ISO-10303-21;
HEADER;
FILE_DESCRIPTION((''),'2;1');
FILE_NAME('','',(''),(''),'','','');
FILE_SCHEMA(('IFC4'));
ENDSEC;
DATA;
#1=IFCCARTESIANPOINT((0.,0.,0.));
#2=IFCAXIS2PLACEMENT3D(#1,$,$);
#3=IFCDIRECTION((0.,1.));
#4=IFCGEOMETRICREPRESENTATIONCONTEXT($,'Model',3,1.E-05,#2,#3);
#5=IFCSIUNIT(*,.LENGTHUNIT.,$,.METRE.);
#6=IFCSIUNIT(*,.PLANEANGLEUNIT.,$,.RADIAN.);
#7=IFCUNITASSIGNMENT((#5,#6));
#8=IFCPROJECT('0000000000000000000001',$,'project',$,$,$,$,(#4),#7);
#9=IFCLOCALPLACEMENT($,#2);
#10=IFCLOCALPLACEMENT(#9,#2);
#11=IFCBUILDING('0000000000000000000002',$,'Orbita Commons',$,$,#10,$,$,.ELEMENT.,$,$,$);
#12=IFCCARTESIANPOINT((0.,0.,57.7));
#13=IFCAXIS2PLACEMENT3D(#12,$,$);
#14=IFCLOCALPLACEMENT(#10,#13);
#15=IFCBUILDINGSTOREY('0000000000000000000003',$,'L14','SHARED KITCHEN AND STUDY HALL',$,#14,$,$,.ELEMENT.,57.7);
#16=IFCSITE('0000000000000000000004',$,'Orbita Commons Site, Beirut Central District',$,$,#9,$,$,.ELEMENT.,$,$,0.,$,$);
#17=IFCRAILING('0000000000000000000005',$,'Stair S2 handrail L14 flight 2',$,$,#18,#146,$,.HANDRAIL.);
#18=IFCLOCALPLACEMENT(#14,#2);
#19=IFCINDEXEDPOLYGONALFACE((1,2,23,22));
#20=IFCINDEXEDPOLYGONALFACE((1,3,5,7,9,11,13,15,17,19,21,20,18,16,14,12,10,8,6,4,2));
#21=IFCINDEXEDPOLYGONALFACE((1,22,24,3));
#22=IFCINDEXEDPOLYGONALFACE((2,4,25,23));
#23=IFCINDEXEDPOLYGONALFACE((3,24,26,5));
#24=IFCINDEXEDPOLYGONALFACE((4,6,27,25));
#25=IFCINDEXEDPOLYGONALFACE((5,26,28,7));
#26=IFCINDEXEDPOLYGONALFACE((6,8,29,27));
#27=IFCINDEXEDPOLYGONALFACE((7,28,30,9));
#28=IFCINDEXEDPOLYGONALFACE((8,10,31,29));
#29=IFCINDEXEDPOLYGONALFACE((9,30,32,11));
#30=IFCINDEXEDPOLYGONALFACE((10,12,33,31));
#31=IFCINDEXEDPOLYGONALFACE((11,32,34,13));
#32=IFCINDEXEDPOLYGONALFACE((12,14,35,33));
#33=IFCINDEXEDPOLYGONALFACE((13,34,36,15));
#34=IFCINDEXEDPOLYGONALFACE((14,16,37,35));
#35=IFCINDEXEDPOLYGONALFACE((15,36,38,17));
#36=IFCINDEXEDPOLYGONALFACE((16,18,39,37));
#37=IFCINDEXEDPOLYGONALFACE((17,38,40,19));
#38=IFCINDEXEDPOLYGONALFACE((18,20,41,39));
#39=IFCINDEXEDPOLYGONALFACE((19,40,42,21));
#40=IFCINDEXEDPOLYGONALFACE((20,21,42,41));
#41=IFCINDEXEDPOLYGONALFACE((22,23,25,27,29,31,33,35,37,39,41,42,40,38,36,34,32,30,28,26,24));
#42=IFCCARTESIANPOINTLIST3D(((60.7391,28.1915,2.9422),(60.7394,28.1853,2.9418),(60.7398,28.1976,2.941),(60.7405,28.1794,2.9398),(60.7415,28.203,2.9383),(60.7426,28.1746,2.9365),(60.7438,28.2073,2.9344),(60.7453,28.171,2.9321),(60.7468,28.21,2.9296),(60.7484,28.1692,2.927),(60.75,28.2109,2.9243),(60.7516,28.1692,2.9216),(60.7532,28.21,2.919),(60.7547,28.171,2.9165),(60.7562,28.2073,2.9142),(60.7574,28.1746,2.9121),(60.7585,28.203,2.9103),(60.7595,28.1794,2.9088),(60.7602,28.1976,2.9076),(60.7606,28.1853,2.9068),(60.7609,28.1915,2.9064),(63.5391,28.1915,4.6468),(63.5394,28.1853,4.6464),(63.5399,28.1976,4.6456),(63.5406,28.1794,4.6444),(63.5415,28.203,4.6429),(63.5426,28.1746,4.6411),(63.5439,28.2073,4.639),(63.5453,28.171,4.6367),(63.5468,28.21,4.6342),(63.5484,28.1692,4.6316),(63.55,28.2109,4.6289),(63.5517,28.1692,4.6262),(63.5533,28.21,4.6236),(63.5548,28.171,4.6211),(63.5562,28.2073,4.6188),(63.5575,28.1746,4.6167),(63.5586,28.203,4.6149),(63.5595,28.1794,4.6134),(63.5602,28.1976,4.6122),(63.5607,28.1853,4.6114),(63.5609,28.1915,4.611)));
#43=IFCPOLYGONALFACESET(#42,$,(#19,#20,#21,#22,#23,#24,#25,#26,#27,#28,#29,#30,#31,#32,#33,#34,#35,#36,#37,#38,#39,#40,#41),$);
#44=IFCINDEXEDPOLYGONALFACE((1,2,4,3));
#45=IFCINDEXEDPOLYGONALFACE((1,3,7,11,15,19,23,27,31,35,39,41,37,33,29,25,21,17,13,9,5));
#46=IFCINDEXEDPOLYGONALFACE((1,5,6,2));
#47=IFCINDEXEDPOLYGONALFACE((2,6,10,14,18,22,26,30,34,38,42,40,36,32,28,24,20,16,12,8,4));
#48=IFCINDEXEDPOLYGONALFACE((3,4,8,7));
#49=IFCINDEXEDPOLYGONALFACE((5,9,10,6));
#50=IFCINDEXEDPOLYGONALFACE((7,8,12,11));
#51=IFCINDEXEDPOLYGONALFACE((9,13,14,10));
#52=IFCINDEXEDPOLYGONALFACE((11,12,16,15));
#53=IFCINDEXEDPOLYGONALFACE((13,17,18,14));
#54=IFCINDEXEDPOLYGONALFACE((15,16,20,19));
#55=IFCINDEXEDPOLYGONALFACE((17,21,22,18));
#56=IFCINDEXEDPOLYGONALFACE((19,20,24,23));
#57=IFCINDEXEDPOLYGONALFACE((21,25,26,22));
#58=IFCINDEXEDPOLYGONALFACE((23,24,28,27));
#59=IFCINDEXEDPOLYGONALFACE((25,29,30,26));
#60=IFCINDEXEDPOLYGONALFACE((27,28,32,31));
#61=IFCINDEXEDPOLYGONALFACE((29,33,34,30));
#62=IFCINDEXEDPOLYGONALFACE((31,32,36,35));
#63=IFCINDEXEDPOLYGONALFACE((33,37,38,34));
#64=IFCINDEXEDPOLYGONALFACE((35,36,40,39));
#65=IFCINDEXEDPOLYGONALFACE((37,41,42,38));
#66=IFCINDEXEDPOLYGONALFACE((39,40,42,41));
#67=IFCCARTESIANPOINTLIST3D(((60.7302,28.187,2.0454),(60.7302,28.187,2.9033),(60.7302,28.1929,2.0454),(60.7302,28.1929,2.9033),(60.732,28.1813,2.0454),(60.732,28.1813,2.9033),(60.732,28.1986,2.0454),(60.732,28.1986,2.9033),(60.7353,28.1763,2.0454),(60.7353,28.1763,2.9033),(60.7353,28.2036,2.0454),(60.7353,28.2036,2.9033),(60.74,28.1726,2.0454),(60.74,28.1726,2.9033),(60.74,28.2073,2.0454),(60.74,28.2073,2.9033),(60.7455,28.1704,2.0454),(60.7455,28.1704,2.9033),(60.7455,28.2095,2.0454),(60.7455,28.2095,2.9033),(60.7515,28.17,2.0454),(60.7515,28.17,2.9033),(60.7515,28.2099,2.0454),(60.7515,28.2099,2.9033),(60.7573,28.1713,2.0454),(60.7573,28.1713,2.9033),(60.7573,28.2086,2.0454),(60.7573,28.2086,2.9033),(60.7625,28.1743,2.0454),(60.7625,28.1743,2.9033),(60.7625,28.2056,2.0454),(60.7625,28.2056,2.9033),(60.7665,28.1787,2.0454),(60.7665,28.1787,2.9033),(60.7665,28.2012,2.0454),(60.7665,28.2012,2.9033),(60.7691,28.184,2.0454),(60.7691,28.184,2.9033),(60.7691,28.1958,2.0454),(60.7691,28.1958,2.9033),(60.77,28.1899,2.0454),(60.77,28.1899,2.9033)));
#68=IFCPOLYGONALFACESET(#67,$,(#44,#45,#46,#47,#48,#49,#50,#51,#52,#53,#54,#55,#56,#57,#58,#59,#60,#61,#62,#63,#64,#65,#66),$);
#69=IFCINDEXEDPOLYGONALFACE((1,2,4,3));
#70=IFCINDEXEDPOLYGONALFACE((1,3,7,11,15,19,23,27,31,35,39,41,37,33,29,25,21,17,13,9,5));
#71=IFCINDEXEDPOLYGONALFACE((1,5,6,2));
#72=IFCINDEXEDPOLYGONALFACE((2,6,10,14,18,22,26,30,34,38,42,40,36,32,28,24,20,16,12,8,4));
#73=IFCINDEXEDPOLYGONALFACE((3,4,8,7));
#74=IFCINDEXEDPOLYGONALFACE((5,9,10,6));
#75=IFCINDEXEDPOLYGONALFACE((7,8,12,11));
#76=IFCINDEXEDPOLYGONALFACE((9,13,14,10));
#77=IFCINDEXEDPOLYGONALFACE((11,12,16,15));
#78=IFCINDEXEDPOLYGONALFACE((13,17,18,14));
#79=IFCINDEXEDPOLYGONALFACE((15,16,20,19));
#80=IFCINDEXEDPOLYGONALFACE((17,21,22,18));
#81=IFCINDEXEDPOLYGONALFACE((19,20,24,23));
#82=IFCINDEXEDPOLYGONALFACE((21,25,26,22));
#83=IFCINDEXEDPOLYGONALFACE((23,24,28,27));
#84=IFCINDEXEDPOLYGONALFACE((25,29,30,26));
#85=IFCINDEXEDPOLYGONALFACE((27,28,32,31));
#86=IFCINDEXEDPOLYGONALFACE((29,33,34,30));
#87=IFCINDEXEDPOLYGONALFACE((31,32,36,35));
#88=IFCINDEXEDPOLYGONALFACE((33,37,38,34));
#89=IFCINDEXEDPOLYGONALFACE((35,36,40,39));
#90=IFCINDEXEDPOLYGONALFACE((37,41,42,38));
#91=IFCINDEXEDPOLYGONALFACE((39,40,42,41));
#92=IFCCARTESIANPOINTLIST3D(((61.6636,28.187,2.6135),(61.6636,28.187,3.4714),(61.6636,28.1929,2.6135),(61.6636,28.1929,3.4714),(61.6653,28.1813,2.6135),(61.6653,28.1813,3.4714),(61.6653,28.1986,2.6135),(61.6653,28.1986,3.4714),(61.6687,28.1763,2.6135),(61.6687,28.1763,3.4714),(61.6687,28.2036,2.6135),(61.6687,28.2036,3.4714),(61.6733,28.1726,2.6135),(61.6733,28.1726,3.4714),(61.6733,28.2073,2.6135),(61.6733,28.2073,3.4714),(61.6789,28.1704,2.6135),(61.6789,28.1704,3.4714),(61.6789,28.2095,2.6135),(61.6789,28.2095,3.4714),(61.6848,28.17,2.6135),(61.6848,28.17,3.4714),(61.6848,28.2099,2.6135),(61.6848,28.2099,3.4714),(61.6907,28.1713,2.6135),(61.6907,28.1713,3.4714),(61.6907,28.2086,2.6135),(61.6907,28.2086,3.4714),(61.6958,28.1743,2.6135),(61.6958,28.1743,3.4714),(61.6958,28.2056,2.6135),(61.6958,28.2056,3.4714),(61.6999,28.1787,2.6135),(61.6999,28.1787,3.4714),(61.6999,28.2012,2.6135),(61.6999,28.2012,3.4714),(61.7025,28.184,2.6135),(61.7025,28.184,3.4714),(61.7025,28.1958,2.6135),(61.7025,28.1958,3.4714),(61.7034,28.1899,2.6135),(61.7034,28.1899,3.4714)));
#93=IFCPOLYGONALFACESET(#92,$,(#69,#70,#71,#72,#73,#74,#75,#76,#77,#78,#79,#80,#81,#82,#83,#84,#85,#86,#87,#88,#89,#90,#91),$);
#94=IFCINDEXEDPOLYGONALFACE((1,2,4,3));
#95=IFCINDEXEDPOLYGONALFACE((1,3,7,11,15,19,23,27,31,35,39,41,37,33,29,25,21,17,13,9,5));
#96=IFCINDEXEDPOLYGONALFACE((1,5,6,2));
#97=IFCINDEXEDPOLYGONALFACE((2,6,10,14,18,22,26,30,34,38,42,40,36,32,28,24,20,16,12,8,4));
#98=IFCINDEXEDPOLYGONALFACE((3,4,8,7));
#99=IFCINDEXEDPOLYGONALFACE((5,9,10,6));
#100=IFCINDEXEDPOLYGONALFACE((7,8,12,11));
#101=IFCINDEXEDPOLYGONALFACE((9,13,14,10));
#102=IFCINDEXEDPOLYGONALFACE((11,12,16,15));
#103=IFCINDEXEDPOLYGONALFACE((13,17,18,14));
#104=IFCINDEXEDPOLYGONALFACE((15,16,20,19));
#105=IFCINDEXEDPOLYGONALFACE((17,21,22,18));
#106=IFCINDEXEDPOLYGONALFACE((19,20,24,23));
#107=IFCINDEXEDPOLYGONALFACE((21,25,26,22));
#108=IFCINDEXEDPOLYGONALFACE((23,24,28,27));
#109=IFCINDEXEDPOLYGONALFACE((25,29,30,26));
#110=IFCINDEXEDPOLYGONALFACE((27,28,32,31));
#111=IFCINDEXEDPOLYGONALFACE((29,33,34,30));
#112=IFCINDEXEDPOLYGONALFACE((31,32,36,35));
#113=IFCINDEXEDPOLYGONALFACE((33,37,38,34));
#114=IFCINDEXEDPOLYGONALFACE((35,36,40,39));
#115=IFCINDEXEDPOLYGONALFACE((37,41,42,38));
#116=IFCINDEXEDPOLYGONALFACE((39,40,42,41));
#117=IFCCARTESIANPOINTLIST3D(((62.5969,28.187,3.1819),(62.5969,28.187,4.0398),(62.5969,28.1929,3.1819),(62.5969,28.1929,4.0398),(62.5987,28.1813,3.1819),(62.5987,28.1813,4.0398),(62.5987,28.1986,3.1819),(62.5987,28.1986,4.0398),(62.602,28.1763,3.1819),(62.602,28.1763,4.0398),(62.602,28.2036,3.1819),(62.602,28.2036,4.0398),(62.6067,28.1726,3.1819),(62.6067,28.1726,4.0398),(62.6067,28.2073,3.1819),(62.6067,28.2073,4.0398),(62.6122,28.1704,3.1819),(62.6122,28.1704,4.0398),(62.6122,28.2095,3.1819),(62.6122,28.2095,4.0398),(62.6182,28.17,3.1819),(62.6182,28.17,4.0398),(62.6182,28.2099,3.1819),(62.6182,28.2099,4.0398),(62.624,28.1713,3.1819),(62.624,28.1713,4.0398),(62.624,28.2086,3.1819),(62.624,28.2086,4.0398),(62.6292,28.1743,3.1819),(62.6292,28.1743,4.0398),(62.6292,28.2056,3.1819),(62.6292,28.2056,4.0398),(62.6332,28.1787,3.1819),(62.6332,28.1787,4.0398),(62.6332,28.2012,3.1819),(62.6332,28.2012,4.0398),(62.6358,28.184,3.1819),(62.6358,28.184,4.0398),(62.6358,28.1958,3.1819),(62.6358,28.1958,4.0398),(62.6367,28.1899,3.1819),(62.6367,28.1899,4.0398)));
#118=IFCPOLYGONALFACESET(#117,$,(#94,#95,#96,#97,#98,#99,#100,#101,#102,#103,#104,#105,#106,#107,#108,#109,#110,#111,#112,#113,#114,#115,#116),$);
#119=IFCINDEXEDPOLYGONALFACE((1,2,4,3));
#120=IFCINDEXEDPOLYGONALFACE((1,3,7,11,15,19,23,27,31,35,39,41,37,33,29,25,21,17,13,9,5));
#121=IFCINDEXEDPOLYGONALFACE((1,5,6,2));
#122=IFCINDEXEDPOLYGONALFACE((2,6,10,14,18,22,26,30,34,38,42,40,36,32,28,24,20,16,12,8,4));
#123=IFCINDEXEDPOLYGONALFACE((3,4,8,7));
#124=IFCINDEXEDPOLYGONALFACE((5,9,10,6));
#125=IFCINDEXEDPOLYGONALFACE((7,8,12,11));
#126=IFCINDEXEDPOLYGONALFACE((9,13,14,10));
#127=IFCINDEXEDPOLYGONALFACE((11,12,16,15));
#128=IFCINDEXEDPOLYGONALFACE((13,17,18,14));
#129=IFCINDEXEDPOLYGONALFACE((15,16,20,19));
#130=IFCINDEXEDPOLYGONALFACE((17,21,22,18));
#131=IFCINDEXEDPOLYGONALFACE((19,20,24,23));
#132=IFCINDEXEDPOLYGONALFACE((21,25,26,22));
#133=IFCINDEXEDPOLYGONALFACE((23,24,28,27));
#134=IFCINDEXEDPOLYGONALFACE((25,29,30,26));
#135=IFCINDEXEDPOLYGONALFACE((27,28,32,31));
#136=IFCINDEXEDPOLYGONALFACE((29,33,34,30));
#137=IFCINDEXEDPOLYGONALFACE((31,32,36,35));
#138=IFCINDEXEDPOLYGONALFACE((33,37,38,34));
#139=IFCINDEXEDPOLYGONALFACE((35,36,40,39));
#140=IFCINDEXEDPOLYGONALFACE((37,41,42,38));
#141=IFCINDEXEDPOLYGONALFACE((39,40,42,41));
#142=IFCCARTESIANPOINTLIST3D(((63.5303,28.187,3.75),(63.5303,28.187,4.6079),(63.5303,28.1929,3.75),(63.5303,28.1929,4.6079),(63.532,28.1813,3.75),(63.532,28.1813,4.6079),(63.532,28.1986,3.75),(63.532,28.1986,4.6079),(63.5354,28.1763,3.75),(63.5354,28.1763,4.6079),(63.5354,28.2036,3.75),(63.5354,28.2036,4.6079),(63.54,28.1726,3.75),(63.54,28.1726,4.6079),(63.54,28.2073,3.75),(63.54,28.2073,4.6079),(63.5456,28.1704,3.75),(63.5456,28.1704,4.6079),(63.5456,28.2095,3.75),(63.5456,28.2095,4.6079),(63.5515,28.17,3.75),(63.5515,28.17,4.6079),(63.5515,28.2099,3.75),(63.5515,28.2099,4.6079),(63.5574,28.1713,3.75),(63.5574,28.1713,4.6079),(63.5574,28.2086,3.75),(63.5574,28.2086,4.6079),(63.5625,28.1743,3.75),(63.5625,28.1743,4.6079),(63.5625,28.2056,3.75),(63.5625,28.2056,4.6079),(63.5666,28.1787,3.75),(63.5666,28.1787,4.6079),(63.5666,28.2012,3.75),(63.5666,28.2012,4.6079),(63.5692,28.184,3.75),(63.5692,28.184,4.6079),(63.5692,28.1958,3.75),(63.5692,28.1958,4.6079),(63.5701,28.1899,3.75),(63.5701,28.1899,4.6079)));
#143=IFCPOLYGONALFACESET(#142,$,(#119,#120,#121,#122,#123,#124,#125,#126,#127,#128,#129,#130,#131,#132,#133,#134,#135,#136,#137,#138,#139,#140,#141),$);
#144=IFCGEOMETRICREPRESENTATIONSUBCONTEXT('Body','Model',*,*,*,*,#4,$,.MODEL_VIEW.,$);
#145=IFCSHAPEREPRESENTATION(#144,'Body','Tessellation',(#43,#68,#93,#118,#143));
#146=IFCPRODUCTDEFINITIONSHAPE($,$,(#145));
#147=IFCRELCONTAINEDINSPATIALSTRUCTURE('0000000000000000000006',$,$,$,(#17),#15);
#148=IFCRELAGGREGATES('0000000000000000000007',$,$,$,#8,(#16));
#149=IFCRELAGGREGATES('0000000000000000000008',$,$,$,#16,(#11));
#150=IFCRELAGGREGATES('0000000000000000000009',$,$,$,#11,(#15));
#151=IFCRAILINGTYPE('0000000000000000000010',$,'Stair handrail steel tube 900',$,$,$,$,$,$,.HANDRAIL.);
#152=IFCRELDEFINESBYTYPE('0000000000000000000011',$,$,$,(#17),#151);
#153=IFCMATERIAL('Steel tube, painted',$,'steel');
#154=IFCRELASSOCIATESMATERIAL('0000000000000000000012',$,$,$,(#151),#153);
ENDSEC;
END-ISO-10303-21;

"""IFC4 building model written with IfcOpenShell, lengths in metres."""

from ifc_helpers import new_model, si_unit, direction, frame, origin, origin_2d, place, context, subcontext, project, spatial, circle, extrude, material, type_object, element, save


model = new_model("IFC4")

# Units and contexts
model_context = context("Model", 3, precision=1e-05, world=origin(), true_north=direction((0.0, 1.0)))
body_context = subcontext(model_context, "Body", "Model", "MODEL_VIEW")
ifc_project = project(units=[si_unit("LENGTHUNIT", "METRE"), si_unit("PLANEANGLEUNIT", "RADIAN")], contexts=[model_context])

# Site, building, storey
site_placement = place(None, origin())
site = spatial("IfcSite", under=ifc_project, at=site_placement, Name="Orbita Commons Site, Beirut Central District", CompositionType="ELEMENT", RefElevation=0.0)
building_placement = place(site_placement, origin())
building = spatial("IfcBuilding", under=site, at=building_placement, Name="Orbita Commons", CompositionType="ELEMENT")
storey_placement = place(building_placement, frame((0.0, 0.0, 57.7)))
storey = spatial("IfcBuildingStorey", under=building, at=storey_placement, Name="L14", Description="SHARED KITCHEN AND STUDY HALL", CompositionType="ELEMENT", Elevation=57.7)

# Railing
ifc_material_1 = material(Name="Steel tube, painted", Category="steel")
railing_type = type_object("IfcRailingType", Name="Stair handrail steel tube 900", PredefinedType="HANDRAIL", material=ifc_material_1)
for number, where, name in (
    (1, (60.75, 28.1899, 2.0454), "Stair S2 handrail L14 flight 2"),
):
    element("IfcRailing", number, at=place(storey_placement, frame(where)), inside=storey, type_object=railing_type, Name=name, PredefinedType="HANDRAIL", context=body_context, shape_type="SweptSolid", body=[
        extrude(circle(Radius=0.021, at=origin_2d()), frame((0.0, 0.0, 0.8789), z_axis=(0.85417, 0.0, 0.519994), x_axis=(0.0, 1.0, 0.0)), (0.0, 0.0, 1.0), 3.2781),
        extrude(circle(Radius=0.02, at=origin_2d()), origin(), (0.0, 0.0, 1.0), 0.8579),
        extrude(circle(Radius=0.02, at=origin_2d()), frame((0.9333, 0.0, 0.5681)), (0.0, 0.0, 1.0), 0.8579),
        extrude(circle(Radius=0.02, at=origin_2d()), frame((1.8667, 0.0, 1.1365)), (0.0, 0.0, 1.0), 0.8579),
        extrude(circle(Radius=0.02, at=origin_2d()), frame((2.8, 0.0, 1.7046)), (0.0, 0.0, 1.0), 0.8579),
    ])

save(model, "model.ifc")
